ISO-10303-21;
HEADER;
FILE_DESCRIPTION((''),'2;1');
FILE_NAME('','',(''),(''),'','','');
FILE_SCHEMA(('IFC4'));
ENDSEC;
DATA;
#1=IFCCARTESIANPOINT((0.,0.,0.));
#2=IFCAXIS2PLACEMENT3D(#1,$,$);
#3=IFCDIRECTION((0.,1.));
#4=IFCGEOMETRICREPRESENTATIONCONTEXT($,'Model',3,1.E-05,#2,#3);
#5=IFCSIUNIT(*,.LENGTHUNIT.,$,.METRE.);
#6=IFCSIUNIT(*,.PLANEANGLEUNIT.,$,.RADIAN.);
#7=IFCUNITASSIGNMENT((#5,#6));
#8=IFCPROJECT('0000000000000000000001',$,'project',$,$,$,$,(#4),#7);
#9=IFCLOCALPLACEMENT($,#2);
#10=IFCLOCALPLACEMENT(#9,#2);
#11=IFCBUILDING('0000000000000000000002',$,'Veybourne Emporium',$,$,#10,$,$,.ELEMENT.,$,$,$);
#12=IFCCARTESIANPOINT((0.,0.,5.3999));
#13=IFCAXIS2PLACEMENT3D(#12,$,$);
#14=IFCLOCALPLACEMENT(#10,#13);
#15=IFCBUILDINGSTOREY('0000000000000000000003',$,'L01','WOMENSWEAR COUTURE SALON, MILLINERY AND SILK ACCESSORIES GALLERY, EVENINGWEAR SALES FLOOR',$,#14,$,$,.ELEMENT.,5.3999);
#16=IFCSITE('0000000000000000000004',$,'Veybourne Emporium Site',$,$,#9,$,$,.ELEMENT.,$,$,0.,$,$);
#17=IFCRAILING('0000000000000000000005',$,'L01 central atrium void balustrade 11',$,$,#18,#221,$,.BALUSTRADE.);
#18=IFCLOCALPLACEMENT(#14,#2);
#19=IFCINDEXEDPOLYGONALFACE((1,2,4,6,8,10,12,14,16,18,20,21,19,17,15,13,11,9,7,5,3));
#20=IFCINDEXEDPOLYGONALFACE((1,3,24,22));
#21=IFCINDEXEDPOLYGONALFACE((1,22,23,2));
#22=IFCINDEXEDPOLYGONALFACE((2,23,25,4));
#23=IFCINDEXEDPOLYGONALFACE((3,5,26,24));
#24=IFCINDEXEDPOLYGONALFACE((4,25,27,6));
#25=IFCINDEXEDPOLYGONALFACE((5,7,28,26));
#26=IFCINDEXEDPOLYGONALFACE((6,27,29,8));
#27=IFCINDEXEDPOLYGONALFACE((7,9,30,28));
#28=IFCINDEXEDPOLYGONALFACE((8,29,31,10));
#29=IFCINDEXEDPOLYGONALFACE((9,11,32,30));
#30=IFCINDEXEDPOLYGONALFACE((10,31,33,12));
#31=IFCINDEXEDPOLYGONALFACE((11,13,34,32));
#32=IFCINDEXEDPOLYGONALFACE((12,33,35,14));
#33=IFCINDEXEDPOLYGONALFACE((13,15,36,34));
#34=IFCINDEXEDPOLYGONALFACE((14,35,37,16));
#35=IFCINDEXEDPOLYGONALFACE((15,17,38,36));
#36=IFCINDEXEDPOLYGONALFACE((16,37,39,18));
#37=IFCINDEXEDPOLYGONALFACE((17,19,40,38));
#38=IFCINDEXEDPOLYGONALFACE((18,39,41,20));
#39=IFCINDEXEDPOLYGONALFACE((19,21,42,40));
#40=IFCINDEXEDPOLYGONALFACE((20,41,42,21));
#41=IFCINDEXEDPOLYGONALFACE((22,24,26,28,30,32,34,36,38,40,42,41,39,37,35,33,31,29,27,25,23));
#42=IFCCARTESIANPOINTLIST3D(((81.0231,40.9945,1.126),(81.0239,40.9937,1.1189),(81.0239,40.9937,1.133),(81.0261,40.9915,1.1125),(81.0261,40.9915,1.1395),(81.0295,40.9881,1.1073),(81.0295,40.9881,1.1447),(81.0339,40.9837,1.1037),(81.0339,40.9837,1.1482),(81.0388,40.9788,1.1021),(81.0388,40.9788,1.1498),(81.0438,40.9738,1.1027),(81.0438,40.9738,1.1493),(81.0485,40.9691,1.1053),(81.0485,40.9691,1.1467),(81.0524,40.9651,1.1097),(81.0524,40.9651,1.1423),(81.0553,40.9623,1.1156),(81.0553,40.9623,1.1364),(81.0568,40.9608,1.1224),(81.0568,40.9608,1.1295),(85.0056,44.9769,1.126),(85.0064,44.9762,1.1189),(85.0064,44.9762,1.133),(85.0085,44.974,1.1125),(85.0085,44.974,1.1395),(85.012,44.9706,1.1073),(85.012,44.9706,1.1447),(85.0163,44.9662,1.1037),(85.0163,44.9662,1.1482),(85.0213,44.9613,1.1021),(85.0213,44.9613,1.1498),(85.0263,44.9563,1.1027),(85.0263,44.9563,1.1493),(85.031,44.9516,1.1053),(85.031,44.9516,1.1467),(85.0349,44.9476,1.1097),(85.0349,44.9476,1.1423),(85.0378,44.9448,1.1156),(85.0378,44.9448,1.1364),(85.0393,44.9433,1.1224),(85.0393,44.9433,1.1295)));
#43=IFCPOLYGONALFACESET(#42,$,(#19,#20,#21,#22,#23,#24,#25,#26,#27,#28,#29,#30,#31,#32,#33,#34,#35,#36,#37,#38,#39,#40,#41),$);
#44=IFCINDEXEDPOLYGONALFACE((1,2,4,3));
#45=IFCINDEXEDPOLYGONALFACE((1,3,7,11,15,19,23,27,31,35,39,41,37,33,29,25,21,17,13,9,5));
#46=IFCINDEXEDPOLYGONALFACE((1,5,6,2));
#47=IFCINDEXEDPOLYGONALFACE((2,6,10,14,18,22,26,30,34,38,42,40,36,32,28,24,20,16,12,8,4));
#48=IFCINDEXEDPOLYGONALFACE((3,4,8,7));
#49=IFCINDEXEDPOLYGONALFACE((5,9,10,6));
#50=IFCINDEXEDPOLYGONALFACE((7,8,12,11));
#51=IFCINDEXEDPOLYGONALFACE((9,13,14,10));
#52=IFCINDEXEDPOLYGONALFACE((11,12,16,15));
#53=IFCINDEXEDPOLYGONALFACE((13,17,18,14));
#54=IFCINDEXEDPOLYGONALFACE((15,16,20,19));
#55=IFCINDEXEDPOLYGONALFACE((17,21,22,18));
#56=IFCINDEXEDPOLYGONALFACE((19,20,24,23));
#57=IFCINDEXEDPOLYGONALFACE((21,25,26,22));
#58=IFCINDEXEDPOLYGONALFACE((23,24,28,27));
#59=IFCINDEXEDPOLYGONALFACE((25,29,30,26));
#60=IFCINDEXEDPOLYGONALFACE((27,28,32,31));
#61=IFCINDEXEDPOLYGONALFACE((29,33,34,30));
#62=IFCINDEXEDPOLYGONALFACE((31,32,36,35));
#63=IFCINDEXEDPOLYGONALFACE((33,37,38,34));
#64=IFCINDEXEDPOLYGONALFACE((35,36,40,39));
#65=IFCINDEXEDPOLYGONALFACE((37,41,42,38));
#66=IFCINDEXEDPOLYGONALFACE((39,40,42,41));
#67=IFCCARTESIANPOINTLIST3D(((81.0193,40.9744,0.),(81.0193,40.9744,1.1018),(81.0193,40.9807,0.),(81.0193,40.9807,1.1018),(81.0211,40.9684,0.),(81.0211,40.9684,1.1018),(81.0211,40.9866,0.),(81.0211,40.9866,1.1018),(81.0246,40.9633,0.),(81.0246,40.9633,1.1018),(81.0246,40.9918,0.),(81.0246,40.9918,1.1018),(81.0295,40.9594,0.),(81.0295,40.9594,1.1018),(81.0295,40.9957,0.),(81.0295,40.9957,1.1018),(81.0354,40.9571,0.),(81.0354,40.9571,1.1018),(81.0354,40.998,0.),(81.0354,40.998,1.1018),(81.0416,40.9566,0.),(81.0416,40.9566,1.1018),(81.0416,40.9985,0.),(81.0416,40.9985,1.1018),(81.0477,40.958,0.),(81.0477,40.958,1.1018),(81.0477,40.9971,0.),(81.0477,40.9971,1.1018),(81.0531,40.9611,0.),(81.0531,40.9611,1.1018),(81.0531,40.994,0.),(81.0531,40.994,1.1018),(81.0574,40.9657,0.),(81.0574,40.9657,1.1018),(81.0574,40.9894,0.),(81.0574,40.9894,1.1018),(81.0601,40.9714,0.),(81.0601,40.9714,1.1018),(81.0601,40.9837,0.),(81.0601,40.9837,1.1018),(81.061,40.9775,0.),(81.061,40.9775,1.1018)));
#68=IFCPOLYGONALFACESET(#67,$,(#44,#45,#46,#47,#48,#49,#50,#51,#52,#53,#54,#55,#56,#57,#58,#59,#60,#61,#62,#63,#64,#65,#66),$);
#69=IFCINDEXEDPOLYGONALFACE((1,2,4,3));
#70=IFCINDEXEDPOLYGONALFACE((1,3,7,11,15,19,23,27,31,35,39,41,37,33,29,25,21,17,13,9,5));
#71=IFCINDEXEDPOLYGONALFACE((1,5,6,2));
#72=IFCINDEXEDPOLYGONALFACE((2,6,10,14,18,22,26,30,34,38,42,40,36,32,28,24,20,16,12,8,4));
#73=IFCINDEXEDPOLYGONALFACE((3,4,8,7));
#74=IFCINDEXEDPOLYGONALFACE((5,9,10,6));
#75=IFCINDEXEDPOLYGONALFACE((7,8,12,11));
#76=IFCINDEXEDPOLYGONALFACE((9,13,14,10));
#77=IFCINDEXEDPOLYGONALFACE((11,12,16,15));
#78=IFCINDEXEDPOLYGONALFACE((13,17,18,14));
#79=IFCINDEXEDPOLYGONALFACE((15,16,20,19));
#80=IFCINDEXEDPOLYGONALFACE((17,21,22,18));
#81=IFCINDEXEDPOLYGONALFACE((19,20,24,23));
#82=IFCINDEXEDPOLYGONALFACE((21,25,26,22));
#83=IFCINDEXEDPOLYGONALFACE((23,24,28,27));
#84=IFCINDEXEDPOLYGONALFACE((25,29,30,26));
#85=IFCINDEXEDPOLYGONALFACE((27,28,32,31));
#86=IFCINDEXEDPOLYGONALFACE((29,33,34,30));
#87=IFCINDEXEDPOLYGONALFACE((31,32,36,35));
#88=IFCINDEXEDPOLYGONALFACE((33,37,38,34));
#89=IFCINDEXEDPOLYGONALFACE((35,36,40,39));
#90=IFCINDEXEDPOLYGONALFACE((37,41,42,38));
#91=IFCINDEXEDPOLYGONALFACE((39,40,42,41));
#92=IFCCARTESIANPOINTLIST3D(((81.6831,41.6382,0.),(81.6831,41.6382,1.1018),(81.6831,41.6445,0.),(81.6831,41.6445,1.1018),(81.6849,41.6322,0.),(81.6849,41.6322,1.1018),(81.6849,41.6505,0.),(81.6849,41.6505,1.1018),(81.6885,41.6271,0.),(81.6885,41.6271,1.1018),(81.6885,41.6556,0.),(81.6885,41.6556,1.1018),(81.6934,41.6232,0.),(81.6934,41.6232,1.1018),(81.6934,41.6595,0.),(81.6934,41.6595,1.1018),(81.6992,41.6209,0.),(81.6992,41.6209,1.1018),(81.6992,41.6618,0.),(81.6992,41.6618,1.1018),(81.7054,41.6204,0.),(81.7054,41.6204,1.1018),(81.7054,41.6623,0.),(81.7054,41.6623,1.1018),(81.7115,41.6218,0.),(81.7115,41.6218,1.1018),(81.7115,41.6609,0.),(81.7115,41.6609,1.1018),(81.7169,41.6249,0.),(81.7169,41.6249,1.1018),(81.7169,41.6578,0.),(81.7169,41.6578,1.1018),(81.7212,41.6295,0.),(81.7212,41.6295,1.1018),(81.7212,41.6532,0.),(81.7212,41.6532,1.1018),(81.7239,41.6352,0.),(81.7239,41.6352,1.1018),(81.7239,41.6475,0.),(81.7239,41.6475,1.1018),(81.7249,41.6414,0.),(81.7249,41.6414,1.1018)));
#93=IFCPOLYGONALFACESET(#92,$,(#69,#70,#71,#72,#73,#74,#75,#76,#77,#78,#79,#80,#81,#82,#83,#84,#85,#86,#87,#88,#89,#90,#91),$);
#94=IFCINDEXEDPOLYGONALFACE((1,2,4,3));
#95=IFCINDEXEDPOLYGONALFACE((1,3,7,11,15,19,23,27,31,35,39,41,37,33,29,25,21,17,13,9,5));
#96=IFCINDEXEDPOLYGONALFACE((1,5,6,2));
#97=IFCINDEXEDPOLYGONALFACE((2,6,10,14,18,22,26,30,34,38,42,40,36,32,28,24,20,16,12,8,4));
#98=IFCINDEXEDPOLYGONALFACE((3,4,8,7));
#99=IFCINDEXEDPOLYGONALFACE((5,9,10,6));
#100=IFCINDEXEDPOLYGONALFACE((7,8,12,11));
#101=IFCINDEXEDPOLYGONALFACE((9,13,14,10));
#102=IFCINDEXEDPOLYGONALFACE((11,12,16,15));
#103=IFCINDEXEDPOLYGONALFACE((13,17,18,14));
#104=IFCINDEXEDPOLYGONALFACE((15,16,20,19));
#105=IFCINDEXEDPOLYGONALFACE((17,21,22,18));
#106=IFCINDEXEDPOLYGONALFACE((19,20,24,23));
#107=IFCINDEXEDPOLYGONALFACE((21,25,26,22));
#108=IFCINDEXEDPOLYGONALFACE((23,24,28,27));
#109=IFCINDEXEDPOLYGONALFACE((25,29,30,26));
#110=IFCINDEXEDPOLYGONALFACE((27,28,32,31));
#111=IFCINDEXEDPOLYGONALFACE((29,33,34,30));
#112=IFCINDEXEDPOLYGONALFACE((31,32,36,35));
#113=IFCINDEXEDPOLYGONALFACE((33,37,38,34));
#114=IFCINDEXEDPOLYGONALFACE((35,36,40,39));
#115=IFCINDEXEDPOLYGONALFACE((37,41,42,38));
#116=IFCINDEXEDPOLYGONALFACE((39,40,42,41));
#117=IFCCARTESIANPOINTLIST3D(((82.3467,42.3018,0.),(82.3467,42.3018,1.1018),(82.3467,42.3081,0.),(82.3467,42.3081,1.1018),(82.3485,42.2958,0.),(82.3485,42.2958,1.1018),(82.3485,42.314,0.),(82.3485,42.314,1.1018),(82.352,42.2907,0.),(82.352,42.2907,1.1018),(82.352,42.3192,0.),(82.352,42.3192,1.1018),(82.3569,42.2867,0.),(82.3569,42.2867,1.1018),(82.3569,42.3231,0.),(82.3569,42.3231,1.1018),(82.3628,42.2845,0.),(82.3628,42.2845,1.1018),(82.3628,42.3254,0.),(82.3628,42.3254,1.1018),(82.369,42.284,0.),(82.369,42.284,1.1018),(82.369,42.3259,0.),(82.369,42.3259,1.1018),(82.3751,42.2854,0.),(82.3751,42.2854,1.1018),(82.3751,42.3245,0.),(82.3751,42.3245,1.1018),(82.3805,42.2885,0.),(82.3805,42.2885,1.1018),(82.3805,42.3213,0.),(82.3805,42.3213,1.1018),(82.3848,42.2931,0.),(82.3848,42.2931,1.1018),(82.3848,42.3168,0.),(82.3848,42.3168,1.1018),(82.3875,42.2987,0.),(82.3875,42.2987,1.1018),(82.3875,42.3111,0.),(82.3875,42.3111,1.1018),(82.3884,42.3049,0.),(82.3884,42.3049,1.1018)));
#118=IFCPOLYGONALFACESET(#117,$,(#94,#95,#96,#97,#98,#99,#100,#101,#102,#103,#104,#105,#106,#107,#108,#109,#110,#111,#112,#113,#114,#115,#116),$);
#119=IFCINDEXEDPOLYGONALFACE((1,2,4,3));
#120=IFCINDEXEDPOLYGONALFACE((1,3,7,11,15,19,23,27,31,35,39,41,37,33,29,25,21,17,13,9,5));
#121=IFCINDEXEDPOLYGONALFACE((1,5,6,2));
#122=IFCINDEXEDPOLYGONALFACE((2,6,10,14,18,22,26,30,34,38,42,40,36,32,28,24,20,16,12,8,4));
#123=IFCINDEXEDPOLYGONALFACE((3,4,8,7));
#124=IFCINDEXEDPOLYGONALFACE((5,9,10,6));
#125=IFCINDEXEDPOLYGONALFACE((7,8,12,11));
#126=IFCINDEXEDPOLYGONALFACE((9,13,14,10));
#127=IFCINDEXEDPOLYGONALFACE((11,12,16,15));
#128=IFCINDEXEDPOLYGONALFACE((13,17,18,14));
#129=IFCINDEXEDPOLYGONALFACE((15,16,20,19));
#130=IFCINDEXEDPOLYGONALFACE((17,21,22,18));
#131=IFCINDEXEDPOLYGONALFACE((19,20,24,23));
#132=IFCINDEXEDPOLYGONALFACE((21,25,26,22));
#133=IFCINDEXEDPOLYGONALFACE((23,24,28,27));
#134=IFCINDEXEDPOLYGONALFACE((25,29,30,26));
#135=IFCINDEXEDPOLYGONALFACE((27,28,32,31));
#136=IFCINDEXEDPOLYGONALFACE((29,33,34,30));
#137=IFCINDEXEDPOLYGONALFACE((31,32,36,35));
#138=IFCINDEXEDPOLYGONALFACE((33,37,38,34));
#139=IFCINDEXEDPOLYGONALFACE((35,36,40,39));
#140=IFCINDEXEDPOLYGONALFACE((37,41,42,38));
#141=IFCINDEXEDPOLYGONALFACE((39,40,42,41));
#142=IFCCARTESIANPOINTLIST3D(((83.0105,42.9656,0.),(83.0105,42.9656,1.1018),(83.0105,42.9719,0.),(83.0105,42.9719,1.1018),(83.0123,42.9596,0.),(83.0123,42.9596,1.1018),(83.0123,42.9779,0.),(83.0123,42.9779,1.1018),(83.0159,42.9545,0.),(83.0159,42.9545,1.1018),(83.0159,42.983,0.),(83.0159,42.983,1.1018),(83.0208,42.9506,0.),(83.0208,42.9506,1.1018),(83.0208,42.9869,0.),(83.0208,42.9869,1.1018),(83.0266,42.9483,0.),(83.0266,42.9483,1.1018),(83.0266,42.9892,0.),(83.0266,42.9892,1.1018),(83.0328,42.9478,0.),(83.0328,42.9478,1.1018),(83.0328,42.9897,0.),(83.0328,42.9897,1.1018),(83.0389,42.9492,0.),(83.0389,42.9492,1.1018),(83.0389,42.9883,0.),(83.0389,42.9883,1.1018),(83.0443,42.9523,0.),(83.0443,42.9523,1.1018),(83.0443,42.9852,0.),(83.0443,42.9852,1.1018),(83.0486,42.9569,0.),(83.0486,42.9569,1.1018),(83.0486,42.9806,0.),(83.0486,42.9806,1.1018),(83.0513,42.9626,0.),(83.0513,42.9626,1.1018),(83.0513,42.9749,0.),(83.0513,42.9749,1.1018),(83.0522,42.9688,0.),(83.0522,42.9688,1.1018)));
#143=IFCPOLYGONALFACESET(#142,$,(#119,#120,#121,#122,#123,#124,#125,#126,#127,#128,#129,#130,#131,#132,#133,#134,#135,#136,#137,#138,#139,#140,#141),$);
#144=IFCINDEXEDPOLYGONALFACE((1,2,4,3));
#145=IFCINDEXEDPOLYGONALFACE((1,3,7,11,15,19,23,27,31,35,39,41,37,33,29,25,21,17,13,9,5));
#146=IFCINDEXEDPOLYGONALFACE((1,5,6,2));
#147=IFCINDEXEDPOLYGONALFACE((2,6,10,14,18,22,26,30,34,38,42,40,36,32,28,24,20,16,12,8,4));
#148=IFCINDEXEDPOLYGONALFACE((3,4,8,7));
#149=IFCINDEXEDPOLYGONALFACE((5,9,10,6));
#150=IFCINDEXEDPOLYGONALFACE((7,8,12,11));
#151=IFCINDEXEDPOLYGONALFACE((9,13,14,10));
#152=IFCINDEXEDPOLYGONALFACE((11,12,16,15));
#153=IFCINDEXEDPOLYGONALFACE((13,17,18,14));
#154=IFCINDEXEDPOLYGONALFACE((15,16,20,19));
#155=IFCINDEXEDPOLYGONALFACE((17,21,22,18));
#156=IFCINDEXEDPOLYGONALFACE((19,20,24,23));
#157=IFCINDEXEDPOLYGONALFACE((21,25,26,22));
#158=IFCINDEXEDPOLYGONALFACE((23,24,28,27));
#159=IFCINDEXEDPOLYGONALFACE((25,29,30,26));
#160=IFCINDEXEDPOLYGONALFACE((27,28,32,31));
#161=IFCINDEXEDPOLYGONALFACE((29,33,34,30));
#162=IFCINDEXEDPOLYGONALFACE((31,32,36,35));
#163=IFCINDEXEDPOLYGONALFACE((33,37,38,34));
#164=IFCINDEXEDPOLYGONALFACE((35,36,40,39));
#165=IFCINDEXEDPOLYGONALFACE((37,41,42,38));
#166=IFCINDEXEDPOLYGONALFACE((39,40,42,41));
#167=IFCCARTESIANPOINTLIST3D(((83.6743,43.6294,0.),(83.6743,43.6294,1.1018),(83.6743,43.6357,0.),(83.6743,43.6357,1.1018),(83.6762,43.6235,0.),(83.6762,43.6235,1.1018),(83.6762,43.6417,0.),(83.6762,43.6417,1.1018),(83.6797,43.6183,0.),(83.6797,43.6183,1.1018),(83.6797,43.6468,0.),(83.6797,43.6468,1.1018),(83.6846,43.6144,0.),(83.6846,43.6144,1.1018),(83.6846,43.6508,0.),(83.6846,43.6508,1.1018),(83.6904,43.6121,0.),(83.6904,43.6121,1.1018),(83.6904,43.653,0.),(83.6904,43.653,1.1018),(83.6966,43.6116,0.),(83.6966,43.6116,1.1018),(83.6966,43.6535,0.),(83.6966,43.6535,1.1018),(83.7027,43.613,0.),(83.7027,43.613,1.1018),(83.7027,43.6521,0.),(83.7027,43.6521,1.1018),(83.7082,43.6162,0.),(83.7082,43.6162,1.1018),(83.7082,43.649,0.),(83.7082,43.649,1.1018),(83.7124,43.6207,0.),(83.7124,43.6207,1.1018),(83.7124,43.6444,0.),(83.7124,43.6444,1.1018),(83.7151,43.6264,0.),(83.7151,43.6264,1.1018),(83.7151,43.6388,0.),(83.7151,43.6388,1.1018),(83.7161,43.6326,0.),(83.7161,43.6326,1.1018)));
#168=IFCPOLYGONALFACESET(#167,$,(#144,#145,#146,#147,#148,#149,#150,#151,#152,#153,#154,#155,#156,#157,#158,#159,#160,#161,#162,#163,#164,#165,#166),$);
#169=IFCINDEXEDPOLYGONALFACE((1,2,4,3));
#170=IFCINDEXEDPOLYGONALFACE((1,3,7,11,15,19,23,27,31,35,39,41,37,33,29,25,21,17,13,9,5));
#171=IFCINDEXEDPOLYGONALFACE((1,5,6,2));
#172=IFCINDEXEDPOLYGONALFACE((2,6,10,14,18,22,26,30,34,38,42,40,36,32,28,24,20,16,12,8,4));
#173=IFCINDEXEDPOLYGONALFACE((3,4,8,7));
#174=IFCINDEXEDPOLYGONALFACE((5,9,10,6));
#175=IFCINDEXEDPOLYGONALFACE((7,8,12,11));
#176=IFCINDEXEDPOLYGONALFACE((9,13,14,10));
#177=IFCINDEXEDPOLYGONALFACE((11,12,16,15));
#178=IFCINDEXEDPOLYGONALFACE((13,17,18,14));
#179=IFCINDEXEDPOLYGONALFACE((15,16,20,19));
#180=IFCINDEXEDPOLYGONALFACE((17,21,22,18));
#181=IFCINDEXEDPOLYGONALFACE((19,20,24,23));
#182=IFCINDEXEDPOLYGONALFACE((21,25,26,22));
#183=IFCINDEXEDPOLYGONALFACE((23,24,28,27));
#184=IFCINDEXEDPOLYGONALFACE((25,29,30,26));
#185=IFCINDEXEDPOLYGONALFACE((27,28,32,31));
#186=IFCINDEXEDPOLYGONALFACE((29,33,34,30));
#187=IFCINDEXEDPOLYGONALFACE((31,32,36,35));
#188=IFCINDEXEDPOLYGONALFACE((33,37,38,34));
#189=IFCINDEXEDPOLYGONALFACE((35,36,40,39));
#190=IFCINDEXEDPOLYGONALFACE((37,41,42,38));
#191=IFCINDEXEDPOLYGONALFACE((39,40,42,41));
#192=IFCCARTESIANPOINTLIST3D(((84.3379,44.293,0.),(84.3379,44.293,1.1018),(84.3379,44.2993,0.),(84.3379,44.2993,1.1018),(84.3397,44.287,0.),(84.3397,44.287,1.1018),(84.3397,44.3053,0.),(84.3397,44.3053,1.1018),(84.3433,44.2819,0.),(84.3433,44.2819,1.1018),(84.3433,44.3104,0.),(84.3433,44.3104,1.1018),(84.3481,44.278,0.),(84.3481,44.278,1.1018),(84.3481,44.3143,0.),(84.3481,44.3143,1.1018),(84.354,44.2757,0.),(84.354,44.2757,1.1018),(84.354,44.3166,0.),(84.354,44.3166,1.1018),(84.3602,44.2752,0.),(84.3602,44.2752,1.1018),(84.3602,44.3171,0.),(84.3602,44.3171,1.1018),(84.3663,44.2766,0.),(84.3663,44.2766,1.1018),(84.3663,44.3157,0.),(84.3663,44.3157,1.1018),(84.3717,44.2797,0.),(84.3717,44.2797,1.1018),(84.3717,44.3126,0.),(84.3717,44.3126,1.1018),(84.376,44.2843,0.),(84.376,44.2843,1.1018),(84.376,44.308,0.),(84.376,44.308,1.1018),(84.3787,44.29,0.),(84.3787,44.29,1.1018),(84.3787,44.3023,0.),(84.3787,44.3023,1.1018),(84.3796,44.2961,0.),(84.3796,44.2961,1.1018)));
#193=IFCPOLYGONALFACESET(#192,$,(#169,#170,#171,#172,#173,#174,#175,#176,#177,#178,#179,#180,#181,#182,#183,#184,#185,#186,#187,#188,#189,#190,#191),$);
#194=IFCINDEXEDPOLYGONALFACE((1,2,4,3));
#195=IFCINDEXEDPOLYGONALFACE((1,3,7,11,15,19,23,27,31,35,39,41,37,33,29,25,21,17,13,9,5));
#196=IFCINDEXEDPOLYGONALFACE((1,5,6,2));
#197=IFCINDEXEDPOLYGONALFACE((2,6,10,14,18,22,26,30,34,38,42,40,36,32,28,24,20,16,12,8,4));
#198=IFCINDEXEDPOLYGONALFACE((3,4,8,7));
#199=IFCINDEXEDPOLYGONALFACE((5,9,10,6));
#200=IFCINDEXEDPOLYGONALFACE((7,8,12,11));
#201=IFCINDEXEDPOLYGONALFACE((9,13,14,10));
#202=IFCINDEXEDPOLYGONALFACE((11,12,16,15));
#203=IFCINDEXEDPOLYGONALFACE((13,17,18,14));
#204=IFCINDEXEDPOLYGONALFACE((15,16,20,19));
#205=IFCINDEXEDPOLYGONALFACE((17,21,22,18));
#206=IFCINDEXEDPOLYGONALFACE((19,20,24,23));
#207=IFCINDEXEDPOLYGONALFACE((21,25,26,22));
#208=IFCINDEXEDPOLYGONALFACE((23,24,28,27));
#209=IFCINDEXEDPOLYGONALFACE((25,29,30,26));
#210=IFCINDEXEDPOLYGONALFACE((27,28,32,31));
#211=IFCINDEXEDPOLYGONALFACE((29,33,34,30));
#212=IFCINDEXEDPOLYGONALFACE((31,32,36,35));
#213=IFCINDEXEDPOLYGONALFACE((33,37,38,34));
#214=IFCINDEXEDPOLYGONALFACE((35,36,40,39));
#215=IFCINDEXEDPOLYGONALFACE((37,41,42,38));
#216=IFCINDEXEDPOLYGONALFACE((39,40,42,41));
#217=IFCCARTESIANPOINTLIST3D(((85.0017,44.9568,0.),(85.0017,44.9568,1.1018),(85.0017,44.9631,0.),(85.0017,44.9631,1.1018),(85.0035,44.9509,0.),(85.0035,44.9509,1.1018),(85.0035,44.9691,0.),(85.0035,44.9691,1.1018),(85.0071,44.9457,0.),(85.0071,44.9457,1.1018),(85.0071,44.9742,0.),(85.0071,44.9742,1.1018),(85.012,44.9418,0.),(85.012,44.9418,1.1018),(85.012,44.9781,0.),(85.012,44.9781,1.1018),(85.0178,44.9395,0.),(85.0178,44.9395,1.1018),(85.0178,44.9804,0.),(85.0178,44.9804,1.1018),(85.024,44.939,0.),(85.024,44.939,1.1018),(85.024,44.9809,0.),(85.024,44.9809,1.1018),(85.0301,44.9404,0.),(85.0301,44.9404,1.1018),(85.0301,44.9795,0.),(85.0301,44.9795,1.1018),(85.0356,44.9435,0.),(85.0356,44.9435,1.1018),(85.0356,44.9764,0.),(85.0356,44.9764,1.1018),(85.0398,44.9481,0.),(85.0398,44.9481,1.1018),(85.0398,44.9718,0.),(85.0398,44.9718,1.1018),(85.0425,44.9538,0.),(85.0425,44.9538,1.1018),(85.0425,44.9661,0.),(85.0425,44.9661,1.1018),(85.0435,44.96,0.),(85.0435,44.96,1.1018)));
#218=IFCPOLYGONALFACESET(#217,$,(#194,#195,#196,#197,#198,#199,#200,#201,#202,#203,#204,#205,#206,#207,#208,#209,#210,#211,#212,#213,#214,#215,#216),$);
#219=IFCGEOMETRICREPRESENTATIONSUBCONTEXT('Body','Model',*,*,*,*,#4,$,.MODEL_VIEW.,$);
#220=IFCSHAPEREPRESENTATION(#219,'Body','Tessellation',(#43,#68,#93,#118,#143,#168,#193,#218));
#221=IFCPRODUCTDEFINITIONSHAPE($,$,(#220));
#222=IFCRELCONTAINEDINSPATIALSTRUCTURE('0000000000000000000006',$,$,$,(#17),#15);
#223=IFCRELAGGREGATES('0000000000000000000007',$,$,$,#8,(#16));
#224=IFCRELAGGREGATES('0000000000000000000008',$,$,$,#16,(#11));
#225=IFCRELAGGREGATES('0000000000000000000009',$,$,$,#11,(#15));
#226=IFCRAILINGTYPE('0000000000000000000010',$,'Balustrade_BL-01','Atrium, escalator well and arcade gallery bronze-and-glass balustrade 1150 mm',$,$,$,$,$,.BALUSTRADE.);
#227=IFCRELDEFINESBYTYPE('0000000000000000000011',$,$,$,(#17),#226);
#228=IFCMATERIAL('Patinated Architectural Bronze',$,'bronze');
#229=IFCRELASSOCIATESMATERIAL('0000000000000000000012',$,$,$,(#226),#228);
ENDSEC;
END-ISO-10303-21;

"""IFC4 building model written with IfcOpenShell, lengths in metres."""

from ifc_helpers import new_model, si_unit, direction, frame, origin, origin_2d, place, context, subcontext, project, spatial, circle, extrude, material, type_object, element, save


model = new_model("IFC4")

# Units and contexts
model_context = context("Model", 3, precision=1e-05, world=origin(), true_north=direction((0.0, 1.0)))
body_context = subcontext(model_context, "Body", "Model", "MODEL_VIEW")
ifc_project = project(units=[si_unit("LENGTHUNIT", "METRE"), si_unit("PLANEANGLEUNIT", "RADIAN")], contexts=[model_context])

# Site, building, storey
site_placement = place(None, origin())
site = spatial("IfcSite", under=ifc_project, at=site_placement, Name="Veybourne Emporium Site", CompositionType="ELEMENT", RefElevation=0.0)
building_placement = place(site_placement, origin())
building = spatial("IfcBuilding", under=site, at=building_placement, Name="Veybourne Emporium", CompositionType="ELEMENT")
storey_placement = place(building_placement, frame((0.0, 0.0, 5.3999)))
storey = spatial("IfcBuildingStorey", under=building, at=storey_placement, Name="L01", Description="WOMENSWEAR COUTURE SALON, MILLINERY AND SILK ACCESSORIES GALLERY, EVENINGWEAR SALES FLOOR", CompositionType="ELEMENT", Elevation=5.3999)

# Railing
ifc_material_1 = material(Name="Patinated Architectural Bronze", Category="bronze")
railing_type = type_object("IfcRailingType", Name="Balustrade_BL-01", Description="Atrium, escalator well and arcade gallery bronze-and-glass balustrade 1150 mm", PredefinedType="BALUSTRADE", material=ifc_material_1)
railing_1_placement = place(storey_placement, frame((81.04, 40.9775, 0.0)))
element("IfcRailing", 1, at=railing_1_placement, inside=storey, type_object=railing_type, Name="L01 central atrium void balustrade 11", PredefinedType="BALUSTRADE", context=body_context, shape_type="SweptSolid", body=[
    extrude(circle(Radius=0.0239, at=origin_2d()), frame((0.0, 0.0, 1.126), z_axis=(0.707107, 0.707107, 0.0), x_axis=(-0.707107, 0.707107, 0.0)), (0.0, 0.0, 1.0), 5.6321),
    extrude(circle(Radius=0.021, at=origin_2d()), origin(), (0.0, 0.0, 1.0), 1.1018),
    extrude(circle(Radius=0.021, at=origin_2d()), frame((0.6638, 0.6638, 0.0)), (0.0, 0.0, 1.0), 1.1018),
    extrude(circle(Radius=0.021, at=origin_2d()), frame((1.3274, 1.3274, 0.0)), (0.0, 0.0, 1.0), 1.1018),
    extrude(circle(Radius=0.021, at=origin_2d()), frame((1.9912, 1.9912, 0.0)), (0.0, 0.0, 1.0), 1.1018),
    extrude(circle(Radius=0.021, at=origin_2d()), frame((2.655, 2.655, 0.0)), (0.0, 0.0, 1.0), 1.1018),
    extrude(circle(Radius=0.021, at=origin_2d()), frame((3.3186, 3.3186, 0.0)), (0.0, 0.0, 1.0), 1.1018),
    extrude(circle(Radius=0.021, at=origin_2d()), frame((3.9824, 3.9824, 0.0)), (0.0, 0.0, 1.0), 1.1018),
])

save(model, "model.ifc")
